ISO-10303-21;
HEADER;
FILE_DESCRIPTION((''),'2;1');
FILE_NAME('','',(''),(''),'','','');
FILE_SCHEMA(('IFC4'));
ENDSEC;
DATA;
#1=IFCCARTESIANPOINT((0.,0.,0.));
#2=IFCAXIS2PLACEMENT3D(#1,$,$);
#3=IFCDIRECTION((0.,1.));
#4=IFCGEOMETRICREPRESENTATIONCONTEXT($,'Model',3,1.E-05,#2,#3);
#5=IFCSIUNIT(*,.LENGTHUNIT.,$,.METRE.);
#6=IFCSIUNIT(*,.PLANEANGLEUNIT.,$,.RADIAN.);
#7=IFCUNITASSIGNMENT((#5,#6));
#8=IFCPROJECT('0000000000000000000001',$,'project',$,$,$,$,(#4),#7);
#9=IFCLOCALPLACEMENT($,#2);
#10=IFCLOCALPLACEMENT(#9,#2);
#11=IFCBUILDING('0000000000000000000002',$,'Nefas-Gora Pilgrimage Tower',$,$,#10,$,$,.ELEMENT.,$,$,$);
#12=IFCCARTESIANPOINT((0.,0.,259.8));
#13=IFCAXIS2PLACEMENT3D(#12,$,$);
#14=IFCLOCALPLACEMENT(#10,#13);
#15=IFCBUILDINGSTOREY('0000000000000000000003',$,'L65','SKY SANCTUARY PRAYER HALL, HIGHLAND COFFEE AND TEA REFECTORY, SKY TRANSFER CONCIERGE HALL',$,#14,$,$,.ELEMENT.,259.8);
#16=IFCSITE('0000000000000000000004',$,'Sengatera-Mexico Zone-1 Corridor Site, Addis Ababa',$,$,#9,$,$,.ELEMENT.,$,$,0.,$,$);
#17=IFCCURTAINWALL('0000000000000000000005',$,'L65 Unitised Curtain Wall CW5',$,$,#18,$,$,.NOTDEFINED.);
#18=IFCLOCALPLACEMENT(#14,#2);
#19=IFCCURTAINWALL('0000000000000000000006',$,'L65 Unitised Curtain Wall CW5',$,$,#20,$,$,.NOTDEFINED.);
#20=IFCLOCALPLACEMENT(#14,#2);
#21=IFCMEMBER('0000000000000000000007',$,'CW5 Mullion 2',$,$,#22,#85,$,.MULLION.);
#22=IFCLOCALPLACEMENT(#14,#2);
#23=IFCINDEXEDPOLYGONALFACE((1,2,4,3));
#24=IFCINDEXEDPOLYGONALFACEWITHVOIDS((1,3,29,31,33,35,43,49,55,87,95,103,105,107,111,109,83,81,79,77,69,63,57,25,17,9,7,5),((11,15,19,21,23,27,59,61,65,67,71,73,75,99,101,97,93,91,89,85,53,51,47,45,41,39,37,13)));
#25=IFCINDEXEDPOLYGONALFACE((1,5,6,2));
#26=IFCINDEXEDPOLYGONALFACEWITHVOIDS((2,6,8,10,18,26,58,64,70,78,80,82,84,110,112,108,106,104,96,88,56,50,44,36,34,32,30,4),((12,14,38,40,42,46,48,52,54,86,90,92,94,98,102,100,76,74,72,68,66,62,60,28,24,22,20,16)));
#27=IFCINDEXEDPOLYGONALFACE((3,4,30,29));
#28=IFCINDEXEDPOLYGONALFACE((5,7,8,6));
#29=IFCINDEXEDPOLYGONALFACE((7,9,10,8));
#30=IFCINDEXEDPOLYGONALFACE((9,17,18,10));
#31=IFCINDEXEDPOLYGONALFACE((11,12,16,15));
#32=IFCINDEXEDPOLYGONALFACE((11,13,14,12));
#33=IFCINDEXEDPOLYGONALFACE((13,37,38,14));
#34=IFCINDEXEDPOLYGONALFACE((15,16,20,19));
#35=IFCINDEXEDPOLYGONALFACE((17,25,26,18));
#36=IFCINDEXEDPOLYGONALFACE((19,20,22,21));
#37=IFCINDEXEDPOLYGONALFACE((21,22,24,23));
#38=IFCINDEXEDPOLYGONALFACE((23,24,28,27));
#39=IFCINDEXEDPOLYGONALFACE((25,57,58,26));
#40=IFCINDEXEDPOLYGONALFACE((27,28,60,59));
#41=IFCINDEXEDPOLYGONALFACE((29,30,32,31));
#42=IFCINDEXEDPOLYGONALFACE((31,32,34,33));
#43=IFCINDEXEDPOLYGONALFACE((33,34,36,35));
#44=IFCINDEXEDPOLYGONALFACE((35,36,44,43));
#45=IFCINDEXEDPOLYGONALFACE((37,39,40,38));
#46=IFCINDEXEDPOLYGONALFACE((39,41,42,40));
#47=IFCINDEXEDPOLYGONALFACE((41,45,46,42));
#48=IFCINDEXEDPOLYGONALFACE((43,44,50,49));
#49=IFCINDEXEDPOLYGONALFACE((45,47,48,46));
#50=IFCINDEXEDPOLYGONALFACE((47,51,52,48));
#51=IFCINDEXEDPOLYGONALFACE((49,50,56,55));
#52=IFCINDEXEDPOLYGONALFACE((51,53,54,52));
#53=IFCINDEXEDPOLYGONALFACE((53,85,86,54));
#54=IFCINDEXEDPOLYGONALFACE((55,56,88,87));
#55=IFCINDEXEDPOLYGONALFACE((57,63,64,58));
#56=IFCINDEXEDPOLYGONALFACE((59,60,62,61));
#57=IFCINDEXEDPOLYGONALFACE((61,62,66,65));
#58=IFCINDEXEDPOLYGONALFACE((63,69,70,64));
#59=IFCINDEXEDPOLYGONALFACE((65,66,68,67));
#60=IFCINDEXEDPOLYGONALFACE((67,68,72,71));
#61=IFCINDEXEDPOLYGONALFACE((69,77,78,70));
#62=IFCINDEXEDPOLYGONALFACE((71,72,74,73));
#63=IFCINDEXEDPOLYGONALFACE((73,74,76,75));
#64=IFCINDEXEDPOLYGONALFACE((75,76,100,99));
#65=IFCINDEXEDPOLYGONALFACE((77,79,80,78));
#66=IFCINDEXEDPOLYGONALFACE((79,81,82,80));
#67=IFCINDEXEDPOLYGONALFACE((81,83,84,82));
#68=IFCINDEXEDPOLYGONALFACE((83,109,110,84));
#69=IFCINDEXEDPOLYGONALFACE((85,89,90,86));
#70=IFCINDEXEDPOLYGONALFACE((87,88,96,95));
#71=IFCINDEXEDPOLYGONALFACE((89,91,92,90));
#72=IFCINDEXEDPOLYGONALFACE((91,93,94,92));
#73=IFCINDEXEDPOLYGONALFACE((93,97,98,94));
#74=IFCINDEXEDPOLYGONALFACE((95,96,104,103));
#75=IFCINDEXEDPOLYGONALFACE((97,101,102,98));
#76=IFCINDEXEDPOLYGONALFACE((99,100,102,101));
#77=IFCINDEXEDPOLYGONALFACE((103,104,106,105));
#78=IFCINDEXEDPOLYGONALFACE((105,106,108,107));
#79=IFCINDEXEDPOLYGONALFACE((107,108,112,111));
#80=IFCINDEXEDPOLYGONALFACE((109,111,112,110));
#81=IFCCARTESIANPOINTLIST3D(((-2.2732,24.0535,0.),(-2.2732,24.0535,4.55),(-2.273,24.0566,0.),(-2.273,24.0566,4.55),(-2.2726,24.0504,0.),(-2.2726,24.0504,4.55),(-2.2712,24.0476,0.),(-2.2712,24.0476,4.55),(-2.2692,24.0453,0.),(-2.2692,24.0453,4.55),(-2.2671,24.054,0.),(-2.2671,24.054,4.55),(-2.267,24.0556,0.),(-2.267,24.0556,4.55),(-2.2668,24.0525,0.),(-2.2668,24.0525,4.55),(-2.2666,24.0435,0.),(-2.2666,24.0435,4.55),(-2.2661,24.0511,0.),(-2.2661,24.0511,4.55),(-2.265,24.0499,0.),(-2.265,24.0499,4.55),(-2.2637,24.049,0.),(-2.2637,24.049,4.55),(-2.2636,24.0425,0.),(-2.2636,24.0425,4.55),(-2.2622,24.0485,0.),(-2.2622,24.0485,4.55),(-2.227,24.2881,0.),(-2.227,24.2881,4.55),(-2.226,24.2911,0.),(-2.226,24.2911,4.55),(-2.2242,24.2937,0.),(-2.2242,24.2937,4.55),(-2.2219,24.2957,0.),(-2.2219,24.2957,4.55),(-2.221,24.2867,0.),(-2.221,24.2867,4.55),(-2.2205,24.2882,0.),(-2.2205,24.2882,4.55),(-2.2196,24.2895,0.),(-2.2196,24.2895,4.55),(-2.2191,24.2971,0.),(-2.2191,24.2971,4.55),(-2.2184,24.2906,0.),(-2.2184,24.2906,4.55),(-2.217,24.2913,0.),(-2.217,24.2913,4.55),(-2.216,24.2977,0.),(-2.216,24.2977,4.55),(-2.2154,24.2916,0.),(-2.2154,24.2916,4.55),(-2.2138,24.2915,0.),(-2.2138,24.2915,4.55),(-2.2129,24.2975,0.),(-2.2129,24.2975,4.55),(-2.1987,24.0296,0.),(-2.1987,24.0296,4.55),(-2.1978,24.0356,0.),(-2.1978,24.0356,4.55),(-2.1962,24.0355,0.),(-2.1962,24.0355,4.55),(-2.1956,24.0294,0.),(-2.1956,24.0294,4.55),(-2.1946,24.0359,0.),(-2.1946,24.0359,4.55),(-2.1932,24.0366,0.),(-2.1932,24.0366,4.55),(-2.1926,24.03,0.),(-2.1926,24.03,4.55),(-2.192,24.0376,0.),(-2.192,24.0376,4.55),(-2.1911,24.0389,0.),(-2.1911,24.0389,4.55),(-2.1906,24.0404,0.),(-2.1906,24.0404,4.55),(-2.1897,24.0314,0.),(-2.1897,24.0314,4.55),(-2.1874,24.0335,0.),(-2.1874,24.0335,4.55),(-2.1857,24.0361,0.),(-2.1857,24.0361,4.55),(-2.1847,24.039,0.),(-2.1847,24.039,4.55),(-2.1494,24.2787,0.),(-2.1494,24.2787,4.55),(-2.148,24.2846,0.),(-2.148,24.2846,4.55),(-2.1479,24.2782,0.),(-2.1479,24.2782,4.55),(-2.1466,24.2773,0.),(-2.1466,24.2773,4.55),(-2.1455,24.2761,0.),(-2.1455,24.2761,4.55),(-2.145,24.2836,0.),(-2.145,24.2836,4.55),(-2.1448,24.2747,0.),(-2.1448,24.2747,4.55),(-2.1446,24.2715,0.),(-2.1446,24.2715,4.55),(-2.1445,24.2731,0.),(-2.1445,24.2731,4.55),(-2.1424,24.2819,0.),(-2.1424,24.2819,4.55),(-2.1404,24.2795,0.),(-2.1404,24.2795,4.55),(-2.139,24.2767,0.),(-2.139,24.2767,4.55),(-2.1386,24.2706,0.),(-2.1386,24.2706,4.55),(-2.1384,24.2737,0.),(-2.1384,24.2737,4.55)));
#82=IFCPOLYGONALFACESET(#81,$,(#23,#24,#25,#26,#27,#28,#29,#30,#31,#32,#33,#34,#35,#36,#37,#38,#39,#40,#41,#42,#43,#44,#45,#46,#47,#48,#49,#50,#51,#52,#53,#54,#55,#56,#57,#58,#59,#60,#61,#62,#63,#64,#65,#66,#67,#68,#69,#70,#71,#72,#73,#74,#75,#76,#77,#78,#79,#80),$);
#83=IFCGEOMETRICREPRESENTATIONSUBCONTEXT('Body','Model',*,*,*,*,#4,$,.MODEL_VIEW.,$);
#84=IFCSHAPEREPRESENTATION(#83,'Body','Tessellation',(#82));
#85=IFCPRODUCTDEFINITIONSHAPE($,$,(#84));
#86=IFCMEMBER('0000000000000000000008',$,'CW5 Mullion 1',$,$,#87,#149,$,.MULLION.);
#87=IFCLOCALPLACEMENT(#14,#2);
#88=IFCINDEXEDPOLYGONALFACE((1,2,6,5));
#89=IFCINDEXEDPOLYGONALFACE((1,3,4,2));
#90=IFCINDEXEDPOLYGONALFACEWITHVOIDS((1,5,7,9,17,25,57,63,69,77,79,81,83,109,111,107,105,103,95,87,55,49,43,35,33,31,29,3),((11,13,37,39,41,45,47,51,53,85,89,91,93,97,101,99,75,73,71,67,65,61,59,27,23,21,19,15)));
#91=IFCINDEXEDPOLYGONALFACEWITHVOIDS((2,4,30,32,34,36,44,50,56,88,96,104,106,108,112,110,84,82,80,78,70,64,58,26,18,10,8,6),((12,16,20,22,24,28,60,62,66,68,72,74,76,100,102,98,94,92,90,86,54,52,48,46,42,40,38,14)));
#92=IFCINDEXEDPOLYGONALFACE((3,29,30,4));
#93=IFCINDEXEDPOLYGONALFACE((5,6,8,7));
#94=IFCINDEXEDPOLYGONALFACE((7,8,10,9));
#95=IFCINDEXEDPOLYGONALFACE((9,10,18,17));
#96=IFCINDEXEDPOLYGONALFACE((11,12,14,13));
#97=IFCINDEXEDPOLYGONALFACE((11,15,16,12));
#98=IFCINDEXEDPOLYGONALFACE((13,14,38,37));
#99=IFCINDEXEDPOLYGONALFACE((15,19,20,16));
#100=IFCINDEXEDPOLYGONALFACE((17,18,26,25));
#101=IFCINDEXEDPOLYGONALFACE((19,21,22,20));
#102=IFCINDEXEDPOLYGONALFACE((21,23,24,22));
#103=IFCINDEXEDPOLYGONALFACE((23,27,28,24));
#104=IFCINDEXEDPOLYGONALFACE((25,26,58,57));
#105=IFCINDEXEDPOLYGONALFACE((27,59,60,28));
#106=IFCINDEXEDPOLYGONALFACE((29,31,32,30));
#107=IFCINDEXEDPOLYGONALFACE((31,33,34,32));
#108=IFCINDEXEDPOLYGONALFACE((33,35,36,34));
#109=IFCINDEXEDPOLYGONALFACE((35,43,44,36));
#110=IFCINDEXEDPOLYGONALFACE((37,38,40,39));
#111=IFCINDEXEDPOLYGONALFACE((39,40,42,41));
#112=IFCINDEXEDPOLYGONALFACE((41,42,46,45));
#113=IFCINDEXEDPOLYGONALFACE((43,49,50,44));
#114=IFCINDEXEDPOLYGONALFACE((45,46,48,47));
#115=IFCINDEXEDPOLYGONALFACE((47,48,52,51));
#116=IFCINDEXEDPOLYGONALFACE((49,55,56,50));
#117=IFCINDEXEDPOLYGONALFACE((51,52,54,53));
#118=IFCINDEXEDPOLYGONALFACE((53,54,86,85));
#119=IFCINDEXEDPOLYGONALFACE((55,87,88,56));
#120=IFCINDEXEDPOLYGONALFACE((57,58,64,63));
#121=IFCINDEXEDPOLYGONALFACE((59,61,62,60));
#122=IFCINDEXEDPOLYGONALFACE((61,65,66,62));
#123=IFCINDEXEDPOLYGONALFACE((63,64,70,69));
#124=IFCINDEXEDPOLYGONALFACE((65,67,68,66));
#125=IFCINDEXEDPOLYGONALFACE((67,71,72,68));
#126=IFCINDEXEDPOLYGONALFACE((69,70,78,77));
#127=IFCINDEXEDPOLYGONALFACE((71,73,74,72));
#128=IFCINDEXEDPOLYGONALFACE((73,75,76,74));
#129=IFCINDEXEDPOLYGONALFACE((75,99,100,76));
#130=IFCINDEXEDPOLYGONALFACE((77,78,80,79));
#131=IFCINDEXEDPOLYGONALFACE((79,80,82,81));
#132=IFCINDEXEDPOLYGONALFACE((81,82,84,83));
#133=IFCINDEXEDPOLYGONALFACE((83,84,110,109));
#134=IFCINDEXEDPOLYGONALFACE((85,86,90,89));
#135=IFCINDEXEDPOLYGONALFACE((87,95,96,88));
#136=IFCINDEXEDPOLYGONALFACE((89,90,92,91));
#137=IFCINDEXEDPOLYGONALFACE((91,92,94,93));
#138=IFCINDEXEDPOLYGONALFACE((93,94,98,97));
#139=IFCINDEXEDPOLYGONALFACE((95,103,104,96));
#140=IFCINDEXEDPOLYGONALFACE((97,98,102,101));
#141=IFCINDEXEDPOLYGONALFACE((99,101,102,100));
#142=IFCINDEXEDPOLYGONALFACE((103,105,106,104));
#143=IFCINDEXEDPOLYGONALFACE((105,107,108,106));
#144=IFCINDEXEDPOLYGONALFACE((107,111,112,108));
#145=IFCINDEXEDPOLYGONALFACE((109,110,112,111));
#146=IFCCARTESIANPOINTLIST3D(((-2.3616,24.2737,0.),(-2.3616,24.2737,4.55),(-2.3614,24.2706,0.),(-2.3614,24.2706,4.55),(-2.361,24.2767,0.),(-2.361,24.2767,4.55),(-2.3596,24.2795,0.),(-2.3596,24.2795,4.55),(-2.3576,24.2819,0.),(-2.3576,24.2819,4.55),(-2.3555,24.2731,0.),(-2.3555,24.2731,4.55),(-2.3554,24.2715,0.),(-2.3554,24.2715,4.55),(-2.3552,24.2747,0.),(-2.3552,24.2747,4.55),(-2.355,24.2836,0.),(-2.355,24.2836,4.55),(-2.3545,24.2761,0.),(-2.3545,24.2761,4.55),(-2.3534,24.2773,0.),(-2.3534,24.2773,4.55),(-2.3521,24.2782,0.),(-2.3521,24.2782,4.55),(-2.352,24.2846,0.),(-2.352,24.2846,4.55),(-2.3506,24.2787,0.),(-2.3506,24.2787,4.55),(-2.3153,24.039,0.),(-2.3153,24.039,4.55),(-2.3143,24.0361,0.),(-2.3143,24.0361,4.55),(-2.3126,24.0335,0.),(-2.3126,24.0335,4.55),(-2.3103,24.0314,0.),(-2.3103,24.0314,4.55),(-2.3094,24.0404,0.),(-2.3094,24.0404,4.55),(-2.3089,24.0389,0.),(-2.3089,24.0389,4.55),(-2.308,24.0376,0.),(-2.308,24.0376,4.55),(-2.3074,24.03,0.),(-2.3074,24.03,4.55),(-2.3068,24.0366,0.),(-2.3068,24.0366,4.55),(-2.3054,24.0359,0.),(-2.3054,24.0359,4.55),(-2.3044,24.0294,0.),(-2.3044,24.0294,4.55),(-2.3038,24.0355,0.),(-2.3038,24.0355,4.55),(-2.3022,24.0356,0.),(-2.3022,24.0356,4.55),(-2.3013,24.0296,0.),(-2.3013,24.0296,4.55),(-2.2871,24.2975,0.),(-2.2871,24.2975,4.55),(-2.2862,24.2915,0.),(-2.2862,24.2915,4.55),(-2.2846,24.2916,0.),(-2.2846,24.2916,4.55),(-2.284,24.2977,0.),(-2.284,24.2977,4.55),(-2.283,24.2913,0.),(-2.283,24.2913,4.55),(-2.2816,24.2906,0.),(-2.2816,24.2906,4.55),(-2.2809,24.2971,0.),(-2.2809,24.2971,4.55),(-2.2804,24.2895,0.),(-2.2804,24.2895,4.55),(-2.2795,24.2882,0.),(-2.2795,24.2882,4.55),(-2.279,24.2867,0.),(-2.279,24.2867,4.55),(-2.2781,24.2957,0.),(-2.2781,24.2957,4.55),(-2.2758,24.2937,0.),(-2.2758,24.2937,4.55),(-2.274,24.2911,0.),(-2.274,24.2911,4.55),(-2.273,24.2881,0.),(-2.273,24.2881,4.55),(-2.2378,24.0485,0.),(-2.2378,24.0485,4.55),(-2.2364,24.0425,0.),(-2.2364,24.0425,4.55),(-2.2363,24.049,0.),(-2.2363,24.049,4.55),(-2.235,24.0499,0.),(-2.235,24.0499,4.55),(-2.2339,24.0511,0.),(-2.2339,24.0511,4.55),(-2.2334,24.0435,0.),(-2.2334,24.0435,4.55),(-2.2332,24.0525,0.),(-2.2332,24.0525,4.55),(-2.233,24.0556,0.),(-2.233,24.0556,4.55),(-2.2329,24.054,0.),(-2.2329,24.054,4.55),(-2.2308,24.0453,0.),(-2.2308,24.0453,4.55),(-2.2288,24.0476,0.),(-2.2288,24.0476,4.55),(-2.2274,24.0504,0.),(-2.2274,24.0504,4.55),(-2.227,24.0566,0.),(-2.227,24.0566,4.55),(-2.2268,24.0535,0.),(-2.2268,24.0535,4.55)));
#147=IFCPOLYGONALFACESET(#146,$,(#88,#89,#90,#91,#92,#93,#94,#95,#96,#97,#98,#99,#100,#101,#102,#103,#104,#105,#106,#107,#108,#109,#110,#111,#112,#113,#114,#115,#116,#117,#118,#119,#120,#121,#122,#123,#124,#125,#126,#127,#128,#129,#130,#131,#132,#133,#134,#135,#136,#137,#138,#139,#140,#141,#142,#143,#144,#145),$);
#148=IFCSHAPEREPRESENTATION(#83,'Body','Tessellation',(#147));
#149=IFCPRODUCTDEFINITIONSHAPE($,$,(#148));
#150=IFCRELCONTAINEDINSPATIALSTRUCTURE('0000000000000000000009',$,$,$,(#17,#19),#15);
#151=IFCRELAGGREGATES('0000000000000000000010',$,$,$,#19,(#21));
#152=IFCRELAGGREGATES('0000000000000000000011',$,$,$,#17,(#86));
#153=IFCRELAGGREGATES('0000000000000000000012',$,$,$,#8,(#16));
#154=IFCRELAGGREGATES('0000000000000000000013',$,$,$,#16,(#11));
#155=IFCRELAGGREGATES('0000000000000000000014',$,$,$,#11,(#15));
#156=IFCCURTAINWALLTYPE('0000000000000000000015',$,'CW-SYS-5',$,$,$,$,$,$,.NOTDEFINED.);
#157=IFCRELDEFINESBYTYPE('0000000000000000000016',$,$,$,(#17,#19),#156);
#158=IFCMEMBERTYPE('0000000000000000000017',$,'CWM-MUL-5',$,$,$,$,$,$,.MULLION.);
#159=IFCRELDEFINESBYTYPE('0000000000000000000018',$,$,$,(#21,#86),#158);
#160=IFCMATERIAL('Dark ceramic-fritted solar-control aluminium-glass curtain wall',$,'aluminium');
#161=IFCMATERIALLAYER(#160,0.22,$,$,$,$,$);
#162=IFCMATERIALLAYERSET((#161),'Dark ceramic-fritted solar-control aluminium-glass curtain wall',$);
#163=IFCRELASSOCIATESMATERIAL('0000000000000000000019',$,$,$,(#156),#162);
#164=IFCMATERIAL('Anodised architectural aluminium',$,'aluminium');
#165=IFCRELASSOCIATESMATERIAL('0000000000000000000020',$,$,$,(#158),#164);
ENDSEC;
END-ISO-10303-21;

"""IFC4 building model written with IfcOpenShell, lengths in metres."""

from ifc_helpers import new_model, si_unit, direction, frame, origin, origin_2d, place, context, subcontext, project, spatial, hollow_rectangle, extrude, source, transform, mapped, material, layer, layer_set, material_profile, profile_set, type_object, element, aggregate, save


model = new_model("IFC4")

# Units and contexts
model_context = context("Model", 3, precision=1e-05, world=origin(), true_north=direction((0.0, 1.0)))
body_context = subcontext(model_context, "Body", "Model", "MODEL_VIEW")
ifc_project = project(units=[si_unit("LENGTHUNIT", "METRE"), si_unit("PLANEANGLEUNIT", "RADIAN")], contexts=[model_context])

# Site, building, storey
site_placement = place(None, origin())
site = spatial("IfcSite", under=ifc_project, at=site_placement, Name="Sengatera-Mexico Zone-1 Corridor Site, Addis Ababa", CompositionType="ELEMENT", RefElevation=0.0)
building_placement = place(site_placement, origin())
building = spatial("IfcBuilding", under=site, at=building_placement, Name="Nefas-Gora Pilgrimage Tower", CompositionType="ELEMENT")
storey_placement = place(building_placement, frame((0.0, 0.0, 259.8)))
storey = spatial("IfcBuildingStorey", under=building, at=storey_placement, Name="L65", Description="SKY SANCTUARY PRAYER HALL, HIGHLAND COFFEE AND TEA REFECTORY, SKY TRANSFER CONCIERGE HALL", CompositionType="ELEMENT", Elevation=259.8)

# Curtain walls, member
ifc_material_1 = material(Name="Dark ceramic-fritted solar-control aluminium-glass curtain wall", Category="aluminium")
ifc_layer_1 = layer(ifc_material_1, 0.22)
ifc_layer_set_1 = layer_set([ifc_layer_1], Name="Dark ceramic-fritted solar-control aluminium-glass curtain wall")
curtain_wall_type = type_object("IfcCurtainWallType", Name="CW-SYS-5", PredefinedType="NOTDEFINED", material=ifc_layer_set_1)
ifc_material_2 = material(Name="Anodised architectural aluminium", Category="aluminium")
curtain_wall_1_placement = place(storey_placement, origin())
curtain_wall_1 = element("IfcCurtainWall", 1, at=curtain_wall_1_placement, inside=storey, type_object=curtain_wall_type, Name="L65 Unitised Curtain Wall CW5", PredefinedType="NOTDEFINED")
curtain_wall_2_placement = place(storey_placement, origin())
curtain_wall_2 = element("IfcCurtainWall", 2, at=curtain_wall_2_placement, inside=storey, type_object=curtain_wall_type, Name="L65 Unitised Curtain Wall CW5", PredefinedType="NOTDEFINED")
ifc_material_profile_1 = material_profile(ifc_material_2, hollow_rectangle(XDim=0.0901, YDim=0.26, WallThickness=0.0061, InnerFilletRadius=0.0061, OuterFilletRadius=0.012, at=origin_2d()), Name="ALU MULLION 90x260")
ifc_profile_set_1 = profile_set([ifc_material_profile_1], Name="Anodised architectural aluminium")
member_type_1 = type_object("IfcMemberType", Name="CWM-MUL-5", PredefinedType="MULLION", material=ifc_profile_set_1)
shared_shape_1 = source(origin(), body_context, "Body", "SweptSolid", [
    extrude(hollow_rectangle(XDim=0.0901, YDim=0.26, WallThickness=0.0061, InnerFilletRadius=0.0061, OuterFilletRadius=0.012, at=origin_2d()), origin(), (0.0, 0.0, 1.0), 4.55),
])
member_1_placement = place(storey_placement, frame((-2.2058, 24.1636, 0.0), z_axis=(0.0, 0.0, 1.0), x_axis=(-0.980783, 0.195102, 0.0)))
member_1 = element("IfcMember", 3, at=member_1_placement, type_object=member_type_1, Name="CW5 Mullion 2", PredefinedType="MULLION", context=body_context, shape_type="MappedRepresentation", body=[
    mapped(shared_shape_1, transform((0.0, 0.0, 0.0), x_axis=(1.0, 0.0, 0.0), y_axis=(0.0, 1.0, 0.0), z_axis=(0.0, 0.0, 1.0), scale=1.0)),
])

# Member
member_2_placement = place(storey_placement, frame((-2.2942, 24.1636, 0.0), z_axis=(0.0, 0.0, 1.0), x_axis=(-0.980783, -0.195102, 0.0)))
member_2 = element("IfcMember", 4, at=member_2_placement, type_object=member_type_1, Name="CW5 Mullion 1", PredefinedType="MULLION", context=body_context, shape_type="MappedRepresentation", body=[
    mapped(shared_shape_1, transform((0.0, 0.0, 0.0), x_axis=(1.0, 0.0, 0.0), y_axis=(0.0, 1.0, 0.0), z_axis=(0.0, 0.0, 1.0), scale=1.0)),
])

aggregate(curtain_wall_2, [member_1])
aggregate(curtain_wall_1, [member_2])

save(model, "model.ifc")
